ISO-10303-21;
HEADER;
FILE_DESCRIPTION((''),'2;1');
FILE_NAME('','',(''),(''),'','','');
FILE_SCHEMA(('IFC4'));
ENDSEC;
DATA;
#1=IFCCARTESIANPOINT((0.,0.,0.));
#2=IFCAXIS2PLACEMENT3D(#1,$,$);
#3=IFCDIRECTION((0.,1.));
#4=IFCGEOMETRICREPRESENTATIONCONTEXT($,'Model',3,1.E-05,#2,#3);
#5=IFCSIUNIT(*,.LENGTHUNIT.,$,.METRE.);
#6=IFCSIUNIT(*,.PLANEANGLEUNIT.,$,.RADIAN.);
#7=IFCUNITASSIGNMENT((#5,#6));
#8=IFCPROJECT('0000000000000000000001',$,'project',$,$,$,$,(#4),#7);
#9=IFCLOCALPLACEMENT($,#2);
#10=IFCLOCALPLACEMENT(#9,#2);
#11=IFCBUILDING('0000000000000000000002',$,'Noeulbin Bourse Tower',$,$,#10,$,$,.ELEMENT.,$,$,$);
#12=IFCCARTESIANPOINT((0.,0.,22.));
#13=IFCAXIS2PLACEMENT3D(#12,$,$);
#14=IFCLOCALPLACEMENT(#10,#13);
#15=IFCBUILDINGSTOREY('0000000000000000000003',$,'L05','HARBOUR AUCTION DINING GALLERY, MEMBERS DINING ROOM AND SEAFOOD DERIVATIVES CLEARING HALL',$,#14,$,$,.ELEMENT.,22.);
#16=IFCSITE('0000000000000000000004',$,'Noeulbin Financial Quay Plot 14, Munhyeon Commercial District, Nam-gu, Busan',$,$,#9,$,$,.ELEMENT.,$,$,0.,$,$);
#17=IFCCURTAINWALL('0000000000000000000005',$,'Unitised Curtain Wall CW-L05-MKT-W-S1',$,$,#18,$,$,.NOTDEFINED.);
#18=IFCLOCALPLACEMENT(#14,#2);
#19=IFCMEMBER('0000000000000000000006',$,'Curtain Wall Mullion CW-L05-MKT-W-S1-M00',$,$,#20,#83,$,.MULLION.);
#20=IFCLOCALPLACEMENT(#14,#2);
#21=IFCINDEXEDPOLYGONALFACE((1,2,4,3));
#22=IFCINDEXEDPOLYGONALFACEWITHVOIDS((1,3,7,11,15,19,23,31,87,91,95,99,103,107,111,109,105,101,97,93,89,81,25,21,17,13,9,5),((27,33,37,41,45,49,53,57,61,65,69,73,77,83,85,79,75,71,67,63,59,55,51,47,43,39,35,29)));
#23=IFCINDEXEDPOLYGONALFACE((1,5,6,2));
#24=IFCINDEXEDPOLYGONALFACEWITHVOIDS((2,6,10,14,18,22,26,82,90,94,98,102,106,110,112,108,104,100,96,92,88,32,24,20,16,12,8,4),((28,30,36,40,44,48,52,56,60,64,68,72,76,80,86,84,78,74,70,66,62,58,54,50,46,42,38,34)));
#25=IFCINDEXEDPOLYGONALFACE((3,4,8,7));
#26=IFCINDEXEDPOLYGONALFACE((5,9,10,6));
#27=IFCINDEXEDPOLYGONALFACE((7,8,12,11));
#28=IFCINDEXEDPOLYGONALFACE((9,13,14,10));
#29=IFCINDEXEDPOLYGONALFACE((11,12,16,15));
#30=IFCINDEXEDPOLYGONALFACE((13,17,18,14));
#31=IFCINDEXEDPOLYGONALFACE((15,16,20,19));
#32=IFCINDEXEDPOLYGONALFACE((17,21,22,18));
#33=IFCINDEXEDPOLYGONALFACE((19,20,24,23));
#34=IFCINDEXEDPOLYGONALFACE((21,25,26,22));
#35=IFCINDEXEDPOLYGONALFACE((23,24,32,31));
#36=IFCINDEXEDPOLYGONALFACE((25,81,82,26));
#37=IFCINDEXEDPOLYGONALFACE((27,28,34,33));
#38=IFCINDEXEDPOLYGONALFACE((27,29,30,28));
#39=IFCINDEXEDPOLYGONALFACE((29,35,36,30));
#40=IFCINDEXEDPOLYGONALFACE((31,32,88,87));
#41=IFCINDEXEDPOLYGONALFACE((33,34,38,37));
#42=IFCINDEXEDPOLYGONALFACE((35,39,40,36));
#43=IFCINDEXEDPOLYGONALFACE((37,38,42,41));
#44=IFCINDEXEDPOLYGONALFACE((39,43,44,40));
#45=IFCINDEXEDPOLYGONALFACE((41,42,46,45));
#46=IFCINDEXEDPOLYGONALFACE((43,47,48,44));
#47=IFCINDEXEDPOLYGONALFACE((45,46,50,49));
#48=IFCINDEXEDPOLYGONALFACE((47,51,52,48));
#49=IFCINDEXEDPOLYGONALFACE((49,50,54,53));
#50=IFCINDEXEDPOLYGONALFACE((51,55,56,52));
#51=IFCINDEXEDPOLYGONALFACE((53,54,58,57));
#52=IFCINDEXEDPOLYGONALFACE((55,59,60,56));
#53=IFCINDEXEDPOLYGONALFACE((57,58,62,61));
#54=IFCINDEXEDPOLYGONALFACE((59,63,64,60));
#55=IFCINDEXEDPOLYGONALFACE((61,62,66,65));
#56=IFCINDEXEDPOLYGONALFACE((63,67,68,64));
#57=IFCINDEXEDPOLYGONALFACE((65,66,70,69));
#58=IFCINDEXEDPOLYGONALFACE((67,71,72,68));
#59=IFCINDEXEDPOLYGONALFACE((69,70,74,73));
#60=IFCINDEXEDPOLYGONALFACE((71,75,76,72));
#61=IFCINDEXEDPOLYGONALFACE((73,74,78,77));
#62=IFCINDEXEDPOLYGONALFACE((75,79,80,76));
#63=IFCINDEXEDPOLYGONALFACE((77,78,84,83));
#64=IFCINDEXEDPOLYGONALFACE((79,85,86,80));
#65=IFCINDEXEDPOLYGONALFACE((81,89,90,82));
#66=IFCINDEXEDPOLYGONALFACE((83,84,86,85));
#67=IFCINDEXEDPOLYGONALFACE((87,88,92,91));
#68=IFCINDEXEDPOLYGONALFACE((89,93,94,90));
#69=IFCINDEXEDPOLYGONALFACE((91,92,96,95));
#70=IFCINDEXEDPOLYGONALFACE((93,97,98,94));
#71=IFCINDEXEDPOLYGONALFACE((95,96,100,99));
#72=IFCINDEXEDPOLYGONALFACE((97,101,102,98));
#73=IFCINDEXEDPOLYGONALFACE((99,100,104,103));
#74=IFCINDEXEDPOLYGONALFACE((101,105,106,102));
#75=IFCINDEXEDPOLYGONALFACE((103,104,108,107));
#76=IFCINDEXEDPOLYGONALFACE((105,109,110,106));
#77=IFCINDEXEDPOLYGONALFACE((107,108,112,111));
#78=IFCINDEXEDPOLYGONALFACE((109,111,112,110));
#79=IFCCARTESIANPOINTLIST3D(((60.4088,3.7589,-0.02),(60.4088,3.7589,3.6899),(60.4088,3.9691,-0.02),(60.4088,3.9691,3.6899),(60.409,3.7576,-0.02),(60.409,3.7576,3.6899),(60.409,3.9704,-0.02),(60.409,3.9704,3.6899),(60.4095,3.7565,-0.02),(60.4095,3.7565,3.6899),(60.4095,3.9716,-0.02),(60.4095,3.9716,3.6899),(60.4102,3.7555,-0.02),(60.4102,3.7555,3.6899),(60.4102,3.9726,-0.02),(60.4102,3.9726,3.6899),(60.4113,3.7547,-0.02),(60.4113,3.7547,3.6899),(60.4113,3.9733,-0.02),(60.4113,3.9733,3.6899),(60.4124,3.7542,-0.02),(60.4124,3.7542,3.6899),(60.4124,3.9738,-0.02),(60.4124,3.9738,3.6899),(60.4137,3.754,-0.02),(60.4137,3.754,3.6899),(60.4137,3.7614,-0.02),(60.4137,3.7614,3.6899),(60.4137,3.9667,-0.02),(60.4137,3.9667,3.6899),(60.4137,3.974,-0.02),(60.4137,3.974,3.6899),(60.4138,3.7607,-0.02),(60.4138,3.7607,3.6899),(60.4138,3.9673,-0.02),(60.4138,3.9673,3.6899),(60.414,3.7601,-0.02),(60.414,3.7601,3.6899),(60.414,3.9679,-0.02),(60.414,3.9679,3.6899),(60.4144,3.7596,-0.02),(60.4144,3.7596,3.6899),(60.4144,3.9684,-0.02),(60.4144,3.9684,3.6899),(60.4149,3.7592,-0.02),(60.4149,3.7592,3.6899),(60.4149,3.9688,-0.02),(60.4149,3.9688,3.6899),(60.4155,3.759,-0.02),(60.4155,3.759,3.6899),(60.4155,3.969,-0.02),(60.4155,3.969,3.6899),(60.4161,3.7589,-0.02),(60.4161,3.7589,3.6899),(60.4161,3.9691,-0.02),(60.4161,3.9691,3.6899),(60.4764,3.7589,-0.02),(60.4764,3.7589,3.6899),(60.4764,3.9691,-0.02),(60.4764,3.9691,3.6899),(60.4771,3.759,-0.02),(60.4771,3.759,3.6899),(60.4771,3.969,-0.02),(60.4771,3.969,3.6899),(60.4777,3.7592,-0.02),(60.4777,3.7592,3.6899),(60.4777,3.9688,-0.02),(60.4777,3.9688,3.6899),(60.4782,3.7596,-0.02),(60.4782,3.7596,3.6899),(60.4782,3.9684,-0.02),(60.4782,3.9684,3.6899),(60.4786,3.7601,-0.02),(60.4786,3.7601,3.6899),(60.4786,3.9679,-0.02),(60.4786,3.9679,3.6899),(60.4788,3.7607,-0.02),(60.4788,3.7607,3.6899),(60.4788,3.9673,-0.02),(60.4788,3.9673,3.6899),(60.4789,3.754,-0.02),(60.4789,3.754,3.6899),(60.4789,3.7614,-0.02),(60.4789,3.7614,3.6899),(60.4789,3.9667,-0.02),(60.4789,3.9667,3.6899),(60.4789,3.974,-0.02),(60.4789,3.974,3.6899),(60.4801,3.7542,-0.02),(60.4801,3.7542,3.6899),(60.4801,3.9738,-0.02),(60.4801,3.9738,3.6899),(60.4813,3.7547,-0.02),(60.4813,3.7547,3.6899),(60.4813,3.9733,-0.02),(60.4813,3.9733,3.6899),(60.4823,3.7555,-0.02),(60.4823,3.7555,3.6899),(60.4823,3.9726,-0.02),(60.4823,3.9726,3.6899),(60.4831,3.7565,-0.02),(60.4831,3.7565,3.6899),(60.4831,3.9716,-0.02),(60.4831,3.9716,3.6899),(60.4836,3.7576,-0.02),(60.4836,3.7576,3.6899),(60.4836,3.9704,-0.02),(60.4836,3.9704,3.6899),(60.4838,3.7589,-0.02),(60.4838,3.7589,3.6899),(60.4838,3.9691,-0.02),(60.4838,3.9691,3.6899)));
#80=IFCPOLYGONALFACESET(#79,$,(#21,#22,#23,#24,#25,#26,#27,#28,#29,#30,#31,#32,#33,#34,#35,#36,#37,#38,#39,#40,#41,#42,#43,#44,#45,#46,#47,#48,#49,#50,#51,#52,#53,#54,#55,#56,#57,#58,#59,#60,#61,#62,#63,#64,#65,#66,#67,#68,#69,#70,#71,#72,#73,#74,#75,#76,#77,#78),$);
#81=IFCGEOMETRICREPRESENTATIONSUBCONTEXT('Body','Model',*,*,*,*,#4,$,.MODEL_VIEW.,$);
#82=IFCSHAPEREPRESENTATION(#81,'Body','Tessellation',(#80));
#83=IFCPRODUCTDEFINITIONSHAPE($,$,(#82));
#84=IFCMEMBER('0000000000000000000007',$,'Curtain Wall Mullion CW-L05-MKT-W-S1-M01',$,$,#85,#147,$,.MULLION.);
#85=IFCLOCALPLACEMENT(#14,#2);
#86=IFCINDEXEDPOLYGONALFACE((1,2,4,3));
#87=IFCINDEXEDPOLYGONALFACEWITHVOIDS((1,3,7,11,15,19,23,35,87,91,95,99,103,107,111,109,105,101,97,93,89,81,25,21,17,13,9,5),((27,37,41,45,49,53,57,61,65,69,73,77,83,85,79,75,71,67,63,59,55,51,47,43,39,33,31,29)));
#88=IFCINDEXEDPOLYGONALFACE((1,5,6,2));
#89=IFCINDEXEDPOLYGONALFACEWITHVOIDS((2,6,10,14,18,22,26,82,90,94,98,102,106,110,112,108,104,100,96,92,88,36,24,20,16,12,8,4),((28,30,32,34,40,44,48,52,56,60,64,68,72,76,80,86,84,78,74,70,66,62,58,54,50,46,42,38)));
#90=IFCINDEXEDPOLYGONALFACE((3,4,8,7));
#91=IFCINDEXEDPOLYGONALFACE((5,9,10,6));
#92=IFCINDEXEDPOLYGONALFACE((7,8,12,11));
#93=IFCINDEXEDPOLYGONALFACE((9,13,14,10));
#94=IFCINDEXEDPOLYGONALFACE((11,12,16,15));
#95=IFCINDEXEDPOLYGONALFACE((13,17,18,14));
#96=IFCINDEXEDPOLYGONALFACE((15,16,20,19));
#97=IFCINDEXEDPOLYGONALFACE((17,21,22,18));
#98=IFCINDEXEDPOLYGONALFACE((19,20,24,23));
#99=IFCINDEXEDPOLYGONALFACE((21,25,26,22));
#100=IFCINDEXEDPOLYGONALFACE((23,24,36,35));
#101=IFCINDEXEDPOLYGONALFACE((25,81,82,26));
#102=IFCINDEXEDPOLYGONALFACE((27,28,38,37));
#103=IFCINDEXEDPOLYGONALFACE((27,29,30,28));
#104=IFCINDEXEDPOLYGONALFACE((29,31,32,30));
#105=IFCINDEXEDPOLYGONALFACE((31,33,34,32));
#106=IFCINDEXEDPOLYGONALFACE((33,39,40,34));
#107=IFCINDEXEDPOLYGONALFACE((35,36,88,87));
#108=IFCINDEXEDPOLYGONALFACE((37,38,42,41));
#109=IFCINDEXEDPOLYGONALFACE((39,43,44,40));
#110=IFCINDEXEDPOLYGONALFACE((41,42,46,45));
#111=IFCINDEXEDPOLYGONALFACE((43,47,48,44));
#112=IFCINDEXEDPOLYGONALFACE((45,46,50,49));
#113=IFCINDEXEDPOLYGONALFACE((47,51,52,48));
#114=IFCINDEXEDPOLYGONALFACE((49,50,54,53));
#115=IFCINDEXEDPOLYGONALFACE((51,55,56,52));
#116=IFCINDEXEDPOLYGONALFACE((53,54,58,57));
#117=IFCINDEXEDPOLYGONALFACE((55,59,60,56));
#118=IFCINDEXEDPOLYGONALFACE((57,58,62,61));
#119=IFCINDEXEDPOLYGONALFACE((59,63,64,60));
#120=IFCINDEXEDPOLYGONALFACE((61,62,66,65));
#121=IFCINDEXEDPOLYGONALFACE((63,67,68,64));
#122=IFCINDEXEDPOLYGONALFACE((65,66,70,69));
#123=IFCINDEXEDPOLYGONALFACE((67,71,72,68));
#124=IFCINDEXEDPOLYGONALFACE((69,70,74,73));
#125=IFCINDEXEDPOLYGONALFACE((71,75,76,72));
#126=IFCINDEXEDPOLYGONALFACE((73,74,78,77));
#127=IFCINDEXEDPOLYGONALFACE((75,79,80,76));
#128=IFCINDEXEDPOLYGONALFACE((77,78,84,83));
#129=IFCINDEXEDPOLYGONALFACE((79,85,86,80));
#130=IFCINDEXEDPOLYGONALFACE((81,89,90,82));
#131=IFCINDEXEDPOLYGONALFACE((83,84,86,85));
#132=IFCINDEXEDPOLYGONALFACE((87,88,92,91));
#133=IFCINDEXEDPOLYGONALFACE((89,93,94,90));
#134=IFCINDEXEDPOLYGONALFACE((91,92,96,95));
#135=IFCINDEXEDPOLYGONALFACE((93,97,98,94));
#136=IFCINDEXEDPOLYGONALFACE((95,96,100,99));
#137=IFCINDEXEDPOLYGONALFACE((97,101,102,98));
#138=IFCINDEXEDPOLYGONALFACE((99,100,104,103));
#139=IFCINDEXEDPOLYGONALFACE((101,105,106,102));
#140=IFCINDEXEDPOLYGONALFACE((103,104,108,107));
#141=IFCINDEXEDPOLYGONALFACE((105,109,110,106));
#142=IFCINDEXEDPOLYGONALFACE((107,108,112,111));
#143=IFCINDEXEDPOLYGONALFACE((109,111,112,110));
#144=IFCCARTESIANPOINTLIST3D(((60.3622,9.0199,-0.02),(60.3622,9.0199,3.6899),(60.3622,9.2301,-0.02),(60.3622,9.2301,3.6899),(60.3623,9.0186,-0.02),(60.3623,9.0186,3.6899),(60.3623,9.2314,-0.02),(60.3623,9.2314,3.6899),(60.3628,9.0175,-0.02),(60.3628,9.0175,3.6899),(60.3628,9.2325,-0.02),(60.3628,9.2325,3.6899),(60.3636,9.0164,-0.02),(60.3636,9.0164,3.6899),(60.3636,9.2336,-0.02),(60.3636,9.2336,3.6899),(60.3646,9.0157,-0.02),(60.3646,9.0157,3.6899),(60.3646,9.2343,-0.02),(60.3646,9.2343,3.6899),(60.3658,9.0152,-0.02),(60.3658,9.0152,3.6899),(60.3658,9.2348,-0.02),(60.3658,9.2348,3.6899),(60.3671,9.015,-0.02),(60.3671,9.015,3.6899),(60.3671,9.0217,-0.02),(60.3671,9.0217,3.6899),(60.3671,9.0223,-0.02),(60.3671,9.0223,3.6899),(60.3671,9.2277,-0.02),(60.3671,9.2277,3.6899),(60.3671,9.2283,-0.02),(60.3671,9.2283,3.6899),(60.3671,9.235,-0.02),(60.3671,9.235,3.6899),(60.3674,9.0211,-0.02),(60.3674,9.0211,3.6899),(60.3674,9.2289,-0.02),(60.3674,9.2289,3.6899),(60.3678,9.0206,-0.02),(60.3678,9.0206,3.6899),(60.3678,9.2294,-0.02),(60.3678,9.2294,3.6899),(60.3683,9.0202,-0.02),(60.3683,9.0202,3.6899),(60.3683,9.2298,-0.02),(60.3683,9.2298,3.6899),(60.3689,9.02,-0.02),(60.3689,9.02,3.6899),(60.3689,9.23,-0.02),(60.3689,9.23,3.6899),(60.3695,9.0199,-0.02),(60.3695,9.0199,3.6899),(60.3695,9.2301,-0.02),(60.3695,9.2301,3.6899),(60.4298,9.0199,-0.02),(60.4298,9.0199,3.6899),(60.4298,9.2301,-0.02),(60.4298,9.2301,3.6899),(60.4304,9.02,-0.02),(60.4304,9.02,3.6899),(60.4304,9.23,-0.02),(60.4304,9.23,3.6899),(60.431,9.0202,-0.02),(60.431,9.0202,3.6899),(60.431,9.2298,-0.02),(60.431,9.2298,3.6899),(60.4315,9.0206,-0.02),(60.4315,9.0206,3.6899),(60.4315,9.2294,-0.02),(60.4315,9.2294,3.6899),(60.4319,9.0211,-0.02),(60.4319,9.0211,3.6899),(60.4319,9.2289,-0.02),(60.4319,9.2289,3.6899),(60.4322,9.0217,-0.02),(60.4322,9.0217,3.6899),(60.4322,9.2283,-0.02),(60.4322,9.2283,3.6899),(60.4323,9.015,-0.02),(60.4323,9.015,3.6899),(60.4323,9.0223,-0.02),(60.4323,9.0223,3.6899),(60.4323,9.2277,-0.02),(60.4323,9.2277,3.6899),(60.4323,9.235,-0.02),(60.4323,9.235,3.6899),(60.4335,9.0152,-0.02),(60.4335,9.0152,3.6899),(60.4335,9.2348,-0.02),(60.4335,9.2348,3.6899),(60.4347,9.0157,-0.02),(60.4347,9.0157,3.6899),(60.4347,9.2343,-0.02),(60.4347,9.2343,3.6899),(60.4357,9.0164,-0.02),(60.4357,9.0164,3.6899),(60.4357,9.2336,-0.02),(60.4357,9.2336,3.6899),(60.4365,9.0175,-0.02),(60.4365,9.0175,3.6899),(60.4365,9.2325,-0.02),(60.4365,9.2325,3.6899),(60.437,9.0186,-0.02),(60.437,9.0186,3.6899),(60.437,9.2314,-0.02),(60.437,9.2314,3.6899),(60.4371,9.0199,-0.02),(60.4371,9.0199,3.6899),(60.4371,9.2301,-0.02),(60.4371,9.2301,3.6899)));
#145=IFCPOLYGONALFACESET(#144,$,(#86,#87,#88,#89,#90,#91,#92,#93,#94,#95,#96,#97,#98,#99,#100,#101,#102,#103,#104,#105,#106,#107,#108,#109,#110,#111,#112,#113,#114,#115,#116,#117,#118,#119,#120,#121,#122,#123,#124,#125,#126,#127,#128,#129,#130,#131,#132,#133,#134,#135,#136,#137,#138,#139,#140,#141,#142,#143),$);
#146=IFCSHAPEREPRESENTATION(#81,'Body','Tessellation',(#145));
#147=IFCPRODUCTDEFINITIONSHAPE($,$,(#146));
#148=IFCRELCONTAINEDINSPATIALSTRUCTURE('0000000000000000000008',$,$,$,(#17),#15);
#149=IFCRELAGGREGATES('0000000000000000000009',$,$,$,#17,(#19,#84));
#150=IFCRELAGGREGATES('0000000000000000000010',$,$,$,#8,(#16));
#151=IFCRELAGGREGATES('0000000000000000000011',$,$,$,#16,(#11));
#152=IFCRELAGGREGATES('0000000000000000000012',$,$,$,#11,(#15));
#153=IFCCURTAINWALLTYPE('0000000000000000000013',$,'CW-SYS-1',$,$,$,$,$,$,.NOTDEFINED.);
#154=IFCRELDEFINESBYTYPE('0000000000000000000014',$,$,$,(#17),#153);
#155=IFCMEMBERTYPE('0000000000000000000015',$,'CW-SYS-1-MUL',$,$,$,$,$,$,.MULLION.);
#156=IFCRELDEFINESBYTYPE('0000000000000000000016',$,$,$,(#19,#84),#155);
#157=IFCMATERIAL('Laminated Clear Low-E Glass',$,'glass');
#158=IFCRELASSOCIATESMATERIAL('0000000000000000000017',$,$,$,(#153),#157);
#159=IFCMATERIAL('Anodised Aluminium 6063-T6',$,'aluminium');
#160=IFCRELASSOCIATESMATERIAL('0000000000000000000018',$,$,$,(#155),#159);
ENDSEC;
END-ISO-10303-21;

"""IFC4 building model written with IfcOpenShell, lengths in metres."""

from ifc_helpers import new_model, si_unit, direction, frame, origin, origin_2d, place, context, subcontext, project, spatial, hollow_rectangle, extrude, material, material_profile, profile_set, type_object, element, aggregate, save


model = new_model("IFC4")

# Units and contexts
model_context = context("Model", 3, precision=1e-05, world=origin(), true_north=direction((0.0, 1.0)))
body_context = subcontext(model_context, "Body", "Model", "MODEL_VIEW")
ifc_project = project(units=[si_unit("LENGTHUNIT", "METRE"), si_unit("PLANEANGLEUNIT", "RADIAN")], contexts=[model_context])

# Site, building, storey
site_placement = place(None, origin())
site = spatial("IfcSite", under=ifc_project, at=site_placement, Name="Noeulbin Financial Quay Plot 14, Munhyeon Commercial District, Nam-gu, Busan", CompositionType="ELEMENT", RefElevation=0.0)
building_placement = place(site_placement, origin())
building = spatial("IfcBuilding", under=site, at=building_placement, Name="Noeulbin Bourse Tower", CompositionType="ELEMENT")
storey_placement = place(building_placement, frame((0.0, 0.0, 22.0)))
storey = spatial("IfcBuildingStorey", under=building, at=storey_placement, Name="L05", Description="HARBOUR AUCTION DINING GALLERY, MEMBERS DINING ROOM AND SEAFOOD DERIVATIVES CLEARING HALL", CompositionType="ELEMENT", Elevation=22.0)

# Curtain wall, members
ifc_material_1 = material(Name="Laminated Clear Low-E Glass", Category="glass")
curtain_wall_type = type_object("IfcCurtainWallType", Name="CW-SYS-1", PredefinedType="NOTDEFINED", material=ifc_material_1)
curtain_wall_1_placement = place(storey_placement, origin())
curtain_wall_1 = element("IfcCurtainWall", 1, at=curtain_wall_1_placement, inside=storey, type_object=curtain_wall_type, Name="Unitised Curtain Wall CW-L05-MKT-W-S1", PredefinedType="NOTDEFINED")
ifc_material_2 = material(Name="Anodised Aluminium 6063-T6", Category="aluminium")
ifc_material_profile_1 = material_profile(ifc_material_2, hollow_rectangle(XDim=0.075, YDim=0.22, WallThickness=0.0049, InnerFilletRadius=0.0024, OuterFilletRadius=0.0049, at=origin_2d()), Name="ALU-MULL-75x220x5", Category="LoadBearing")
ifc_profile_set_1 = profile_set([ifc_material_profile_1], Name="Anodised Aluminium 6063-T6")
member_type_1 = type_object("IfcMemberType", Name="CW-SYS-1-MUL", PredefinedType="MULLION", material=ifc_profile_set_1)
member_1_placement = place(storey_placement, frame((60.4463, 3.864, -0.02), z_axis=(0.0, 0.0, 1.0), x_axis=(1.0, 0.0, 0.0)))
member_1 = element("IfcMember", 2, at=member_1_placement, type_object=member_type_1, Name="Curtain Wall Mullion CW-L05-MKT-W-S1-M00", PredefinedType="MULLION", context=body_context, shape_type="SweptSolid", body=[
    extrude(hollow_rectangle(XDim=0.075, YDim=0.22, WallThickness=0.0049, InnerFilletRadius=0.0024, OuterFilletRadius=0.0049, at=origin_2d()), origin(), (0.0, 0.0, 1.0), 3.71),
])
member_2_placement = place(storey_placement, frame((60.3997, 9.125, -0.02), z_axis=(0.0, 0.0, 1.0), x_axis=(1.0, 0.0, 0.0)))
member_2 = element("IfcMember", 3, at=member_2_placement, type_object=member_type_1, Name="Curtain Wall Mullion CW-L05-MKT-W-S1-M01", PredefinedType="MULLION", context=body_context, shape_type="SweptSolid", body=[
    extrude(hollow_rectangle(XDim=0.075, YDim=0.22, WallThickness=0.0049, InnerFilletRadius=0.0024, OuterFilletRadius=0.0049, at=origin_2d()), origin(), (0.0, 0.0, 1.0), 3.71),
])

aggregate(curtain_wall_1, [member_1, member_2])

save(model, "model.ifc")
